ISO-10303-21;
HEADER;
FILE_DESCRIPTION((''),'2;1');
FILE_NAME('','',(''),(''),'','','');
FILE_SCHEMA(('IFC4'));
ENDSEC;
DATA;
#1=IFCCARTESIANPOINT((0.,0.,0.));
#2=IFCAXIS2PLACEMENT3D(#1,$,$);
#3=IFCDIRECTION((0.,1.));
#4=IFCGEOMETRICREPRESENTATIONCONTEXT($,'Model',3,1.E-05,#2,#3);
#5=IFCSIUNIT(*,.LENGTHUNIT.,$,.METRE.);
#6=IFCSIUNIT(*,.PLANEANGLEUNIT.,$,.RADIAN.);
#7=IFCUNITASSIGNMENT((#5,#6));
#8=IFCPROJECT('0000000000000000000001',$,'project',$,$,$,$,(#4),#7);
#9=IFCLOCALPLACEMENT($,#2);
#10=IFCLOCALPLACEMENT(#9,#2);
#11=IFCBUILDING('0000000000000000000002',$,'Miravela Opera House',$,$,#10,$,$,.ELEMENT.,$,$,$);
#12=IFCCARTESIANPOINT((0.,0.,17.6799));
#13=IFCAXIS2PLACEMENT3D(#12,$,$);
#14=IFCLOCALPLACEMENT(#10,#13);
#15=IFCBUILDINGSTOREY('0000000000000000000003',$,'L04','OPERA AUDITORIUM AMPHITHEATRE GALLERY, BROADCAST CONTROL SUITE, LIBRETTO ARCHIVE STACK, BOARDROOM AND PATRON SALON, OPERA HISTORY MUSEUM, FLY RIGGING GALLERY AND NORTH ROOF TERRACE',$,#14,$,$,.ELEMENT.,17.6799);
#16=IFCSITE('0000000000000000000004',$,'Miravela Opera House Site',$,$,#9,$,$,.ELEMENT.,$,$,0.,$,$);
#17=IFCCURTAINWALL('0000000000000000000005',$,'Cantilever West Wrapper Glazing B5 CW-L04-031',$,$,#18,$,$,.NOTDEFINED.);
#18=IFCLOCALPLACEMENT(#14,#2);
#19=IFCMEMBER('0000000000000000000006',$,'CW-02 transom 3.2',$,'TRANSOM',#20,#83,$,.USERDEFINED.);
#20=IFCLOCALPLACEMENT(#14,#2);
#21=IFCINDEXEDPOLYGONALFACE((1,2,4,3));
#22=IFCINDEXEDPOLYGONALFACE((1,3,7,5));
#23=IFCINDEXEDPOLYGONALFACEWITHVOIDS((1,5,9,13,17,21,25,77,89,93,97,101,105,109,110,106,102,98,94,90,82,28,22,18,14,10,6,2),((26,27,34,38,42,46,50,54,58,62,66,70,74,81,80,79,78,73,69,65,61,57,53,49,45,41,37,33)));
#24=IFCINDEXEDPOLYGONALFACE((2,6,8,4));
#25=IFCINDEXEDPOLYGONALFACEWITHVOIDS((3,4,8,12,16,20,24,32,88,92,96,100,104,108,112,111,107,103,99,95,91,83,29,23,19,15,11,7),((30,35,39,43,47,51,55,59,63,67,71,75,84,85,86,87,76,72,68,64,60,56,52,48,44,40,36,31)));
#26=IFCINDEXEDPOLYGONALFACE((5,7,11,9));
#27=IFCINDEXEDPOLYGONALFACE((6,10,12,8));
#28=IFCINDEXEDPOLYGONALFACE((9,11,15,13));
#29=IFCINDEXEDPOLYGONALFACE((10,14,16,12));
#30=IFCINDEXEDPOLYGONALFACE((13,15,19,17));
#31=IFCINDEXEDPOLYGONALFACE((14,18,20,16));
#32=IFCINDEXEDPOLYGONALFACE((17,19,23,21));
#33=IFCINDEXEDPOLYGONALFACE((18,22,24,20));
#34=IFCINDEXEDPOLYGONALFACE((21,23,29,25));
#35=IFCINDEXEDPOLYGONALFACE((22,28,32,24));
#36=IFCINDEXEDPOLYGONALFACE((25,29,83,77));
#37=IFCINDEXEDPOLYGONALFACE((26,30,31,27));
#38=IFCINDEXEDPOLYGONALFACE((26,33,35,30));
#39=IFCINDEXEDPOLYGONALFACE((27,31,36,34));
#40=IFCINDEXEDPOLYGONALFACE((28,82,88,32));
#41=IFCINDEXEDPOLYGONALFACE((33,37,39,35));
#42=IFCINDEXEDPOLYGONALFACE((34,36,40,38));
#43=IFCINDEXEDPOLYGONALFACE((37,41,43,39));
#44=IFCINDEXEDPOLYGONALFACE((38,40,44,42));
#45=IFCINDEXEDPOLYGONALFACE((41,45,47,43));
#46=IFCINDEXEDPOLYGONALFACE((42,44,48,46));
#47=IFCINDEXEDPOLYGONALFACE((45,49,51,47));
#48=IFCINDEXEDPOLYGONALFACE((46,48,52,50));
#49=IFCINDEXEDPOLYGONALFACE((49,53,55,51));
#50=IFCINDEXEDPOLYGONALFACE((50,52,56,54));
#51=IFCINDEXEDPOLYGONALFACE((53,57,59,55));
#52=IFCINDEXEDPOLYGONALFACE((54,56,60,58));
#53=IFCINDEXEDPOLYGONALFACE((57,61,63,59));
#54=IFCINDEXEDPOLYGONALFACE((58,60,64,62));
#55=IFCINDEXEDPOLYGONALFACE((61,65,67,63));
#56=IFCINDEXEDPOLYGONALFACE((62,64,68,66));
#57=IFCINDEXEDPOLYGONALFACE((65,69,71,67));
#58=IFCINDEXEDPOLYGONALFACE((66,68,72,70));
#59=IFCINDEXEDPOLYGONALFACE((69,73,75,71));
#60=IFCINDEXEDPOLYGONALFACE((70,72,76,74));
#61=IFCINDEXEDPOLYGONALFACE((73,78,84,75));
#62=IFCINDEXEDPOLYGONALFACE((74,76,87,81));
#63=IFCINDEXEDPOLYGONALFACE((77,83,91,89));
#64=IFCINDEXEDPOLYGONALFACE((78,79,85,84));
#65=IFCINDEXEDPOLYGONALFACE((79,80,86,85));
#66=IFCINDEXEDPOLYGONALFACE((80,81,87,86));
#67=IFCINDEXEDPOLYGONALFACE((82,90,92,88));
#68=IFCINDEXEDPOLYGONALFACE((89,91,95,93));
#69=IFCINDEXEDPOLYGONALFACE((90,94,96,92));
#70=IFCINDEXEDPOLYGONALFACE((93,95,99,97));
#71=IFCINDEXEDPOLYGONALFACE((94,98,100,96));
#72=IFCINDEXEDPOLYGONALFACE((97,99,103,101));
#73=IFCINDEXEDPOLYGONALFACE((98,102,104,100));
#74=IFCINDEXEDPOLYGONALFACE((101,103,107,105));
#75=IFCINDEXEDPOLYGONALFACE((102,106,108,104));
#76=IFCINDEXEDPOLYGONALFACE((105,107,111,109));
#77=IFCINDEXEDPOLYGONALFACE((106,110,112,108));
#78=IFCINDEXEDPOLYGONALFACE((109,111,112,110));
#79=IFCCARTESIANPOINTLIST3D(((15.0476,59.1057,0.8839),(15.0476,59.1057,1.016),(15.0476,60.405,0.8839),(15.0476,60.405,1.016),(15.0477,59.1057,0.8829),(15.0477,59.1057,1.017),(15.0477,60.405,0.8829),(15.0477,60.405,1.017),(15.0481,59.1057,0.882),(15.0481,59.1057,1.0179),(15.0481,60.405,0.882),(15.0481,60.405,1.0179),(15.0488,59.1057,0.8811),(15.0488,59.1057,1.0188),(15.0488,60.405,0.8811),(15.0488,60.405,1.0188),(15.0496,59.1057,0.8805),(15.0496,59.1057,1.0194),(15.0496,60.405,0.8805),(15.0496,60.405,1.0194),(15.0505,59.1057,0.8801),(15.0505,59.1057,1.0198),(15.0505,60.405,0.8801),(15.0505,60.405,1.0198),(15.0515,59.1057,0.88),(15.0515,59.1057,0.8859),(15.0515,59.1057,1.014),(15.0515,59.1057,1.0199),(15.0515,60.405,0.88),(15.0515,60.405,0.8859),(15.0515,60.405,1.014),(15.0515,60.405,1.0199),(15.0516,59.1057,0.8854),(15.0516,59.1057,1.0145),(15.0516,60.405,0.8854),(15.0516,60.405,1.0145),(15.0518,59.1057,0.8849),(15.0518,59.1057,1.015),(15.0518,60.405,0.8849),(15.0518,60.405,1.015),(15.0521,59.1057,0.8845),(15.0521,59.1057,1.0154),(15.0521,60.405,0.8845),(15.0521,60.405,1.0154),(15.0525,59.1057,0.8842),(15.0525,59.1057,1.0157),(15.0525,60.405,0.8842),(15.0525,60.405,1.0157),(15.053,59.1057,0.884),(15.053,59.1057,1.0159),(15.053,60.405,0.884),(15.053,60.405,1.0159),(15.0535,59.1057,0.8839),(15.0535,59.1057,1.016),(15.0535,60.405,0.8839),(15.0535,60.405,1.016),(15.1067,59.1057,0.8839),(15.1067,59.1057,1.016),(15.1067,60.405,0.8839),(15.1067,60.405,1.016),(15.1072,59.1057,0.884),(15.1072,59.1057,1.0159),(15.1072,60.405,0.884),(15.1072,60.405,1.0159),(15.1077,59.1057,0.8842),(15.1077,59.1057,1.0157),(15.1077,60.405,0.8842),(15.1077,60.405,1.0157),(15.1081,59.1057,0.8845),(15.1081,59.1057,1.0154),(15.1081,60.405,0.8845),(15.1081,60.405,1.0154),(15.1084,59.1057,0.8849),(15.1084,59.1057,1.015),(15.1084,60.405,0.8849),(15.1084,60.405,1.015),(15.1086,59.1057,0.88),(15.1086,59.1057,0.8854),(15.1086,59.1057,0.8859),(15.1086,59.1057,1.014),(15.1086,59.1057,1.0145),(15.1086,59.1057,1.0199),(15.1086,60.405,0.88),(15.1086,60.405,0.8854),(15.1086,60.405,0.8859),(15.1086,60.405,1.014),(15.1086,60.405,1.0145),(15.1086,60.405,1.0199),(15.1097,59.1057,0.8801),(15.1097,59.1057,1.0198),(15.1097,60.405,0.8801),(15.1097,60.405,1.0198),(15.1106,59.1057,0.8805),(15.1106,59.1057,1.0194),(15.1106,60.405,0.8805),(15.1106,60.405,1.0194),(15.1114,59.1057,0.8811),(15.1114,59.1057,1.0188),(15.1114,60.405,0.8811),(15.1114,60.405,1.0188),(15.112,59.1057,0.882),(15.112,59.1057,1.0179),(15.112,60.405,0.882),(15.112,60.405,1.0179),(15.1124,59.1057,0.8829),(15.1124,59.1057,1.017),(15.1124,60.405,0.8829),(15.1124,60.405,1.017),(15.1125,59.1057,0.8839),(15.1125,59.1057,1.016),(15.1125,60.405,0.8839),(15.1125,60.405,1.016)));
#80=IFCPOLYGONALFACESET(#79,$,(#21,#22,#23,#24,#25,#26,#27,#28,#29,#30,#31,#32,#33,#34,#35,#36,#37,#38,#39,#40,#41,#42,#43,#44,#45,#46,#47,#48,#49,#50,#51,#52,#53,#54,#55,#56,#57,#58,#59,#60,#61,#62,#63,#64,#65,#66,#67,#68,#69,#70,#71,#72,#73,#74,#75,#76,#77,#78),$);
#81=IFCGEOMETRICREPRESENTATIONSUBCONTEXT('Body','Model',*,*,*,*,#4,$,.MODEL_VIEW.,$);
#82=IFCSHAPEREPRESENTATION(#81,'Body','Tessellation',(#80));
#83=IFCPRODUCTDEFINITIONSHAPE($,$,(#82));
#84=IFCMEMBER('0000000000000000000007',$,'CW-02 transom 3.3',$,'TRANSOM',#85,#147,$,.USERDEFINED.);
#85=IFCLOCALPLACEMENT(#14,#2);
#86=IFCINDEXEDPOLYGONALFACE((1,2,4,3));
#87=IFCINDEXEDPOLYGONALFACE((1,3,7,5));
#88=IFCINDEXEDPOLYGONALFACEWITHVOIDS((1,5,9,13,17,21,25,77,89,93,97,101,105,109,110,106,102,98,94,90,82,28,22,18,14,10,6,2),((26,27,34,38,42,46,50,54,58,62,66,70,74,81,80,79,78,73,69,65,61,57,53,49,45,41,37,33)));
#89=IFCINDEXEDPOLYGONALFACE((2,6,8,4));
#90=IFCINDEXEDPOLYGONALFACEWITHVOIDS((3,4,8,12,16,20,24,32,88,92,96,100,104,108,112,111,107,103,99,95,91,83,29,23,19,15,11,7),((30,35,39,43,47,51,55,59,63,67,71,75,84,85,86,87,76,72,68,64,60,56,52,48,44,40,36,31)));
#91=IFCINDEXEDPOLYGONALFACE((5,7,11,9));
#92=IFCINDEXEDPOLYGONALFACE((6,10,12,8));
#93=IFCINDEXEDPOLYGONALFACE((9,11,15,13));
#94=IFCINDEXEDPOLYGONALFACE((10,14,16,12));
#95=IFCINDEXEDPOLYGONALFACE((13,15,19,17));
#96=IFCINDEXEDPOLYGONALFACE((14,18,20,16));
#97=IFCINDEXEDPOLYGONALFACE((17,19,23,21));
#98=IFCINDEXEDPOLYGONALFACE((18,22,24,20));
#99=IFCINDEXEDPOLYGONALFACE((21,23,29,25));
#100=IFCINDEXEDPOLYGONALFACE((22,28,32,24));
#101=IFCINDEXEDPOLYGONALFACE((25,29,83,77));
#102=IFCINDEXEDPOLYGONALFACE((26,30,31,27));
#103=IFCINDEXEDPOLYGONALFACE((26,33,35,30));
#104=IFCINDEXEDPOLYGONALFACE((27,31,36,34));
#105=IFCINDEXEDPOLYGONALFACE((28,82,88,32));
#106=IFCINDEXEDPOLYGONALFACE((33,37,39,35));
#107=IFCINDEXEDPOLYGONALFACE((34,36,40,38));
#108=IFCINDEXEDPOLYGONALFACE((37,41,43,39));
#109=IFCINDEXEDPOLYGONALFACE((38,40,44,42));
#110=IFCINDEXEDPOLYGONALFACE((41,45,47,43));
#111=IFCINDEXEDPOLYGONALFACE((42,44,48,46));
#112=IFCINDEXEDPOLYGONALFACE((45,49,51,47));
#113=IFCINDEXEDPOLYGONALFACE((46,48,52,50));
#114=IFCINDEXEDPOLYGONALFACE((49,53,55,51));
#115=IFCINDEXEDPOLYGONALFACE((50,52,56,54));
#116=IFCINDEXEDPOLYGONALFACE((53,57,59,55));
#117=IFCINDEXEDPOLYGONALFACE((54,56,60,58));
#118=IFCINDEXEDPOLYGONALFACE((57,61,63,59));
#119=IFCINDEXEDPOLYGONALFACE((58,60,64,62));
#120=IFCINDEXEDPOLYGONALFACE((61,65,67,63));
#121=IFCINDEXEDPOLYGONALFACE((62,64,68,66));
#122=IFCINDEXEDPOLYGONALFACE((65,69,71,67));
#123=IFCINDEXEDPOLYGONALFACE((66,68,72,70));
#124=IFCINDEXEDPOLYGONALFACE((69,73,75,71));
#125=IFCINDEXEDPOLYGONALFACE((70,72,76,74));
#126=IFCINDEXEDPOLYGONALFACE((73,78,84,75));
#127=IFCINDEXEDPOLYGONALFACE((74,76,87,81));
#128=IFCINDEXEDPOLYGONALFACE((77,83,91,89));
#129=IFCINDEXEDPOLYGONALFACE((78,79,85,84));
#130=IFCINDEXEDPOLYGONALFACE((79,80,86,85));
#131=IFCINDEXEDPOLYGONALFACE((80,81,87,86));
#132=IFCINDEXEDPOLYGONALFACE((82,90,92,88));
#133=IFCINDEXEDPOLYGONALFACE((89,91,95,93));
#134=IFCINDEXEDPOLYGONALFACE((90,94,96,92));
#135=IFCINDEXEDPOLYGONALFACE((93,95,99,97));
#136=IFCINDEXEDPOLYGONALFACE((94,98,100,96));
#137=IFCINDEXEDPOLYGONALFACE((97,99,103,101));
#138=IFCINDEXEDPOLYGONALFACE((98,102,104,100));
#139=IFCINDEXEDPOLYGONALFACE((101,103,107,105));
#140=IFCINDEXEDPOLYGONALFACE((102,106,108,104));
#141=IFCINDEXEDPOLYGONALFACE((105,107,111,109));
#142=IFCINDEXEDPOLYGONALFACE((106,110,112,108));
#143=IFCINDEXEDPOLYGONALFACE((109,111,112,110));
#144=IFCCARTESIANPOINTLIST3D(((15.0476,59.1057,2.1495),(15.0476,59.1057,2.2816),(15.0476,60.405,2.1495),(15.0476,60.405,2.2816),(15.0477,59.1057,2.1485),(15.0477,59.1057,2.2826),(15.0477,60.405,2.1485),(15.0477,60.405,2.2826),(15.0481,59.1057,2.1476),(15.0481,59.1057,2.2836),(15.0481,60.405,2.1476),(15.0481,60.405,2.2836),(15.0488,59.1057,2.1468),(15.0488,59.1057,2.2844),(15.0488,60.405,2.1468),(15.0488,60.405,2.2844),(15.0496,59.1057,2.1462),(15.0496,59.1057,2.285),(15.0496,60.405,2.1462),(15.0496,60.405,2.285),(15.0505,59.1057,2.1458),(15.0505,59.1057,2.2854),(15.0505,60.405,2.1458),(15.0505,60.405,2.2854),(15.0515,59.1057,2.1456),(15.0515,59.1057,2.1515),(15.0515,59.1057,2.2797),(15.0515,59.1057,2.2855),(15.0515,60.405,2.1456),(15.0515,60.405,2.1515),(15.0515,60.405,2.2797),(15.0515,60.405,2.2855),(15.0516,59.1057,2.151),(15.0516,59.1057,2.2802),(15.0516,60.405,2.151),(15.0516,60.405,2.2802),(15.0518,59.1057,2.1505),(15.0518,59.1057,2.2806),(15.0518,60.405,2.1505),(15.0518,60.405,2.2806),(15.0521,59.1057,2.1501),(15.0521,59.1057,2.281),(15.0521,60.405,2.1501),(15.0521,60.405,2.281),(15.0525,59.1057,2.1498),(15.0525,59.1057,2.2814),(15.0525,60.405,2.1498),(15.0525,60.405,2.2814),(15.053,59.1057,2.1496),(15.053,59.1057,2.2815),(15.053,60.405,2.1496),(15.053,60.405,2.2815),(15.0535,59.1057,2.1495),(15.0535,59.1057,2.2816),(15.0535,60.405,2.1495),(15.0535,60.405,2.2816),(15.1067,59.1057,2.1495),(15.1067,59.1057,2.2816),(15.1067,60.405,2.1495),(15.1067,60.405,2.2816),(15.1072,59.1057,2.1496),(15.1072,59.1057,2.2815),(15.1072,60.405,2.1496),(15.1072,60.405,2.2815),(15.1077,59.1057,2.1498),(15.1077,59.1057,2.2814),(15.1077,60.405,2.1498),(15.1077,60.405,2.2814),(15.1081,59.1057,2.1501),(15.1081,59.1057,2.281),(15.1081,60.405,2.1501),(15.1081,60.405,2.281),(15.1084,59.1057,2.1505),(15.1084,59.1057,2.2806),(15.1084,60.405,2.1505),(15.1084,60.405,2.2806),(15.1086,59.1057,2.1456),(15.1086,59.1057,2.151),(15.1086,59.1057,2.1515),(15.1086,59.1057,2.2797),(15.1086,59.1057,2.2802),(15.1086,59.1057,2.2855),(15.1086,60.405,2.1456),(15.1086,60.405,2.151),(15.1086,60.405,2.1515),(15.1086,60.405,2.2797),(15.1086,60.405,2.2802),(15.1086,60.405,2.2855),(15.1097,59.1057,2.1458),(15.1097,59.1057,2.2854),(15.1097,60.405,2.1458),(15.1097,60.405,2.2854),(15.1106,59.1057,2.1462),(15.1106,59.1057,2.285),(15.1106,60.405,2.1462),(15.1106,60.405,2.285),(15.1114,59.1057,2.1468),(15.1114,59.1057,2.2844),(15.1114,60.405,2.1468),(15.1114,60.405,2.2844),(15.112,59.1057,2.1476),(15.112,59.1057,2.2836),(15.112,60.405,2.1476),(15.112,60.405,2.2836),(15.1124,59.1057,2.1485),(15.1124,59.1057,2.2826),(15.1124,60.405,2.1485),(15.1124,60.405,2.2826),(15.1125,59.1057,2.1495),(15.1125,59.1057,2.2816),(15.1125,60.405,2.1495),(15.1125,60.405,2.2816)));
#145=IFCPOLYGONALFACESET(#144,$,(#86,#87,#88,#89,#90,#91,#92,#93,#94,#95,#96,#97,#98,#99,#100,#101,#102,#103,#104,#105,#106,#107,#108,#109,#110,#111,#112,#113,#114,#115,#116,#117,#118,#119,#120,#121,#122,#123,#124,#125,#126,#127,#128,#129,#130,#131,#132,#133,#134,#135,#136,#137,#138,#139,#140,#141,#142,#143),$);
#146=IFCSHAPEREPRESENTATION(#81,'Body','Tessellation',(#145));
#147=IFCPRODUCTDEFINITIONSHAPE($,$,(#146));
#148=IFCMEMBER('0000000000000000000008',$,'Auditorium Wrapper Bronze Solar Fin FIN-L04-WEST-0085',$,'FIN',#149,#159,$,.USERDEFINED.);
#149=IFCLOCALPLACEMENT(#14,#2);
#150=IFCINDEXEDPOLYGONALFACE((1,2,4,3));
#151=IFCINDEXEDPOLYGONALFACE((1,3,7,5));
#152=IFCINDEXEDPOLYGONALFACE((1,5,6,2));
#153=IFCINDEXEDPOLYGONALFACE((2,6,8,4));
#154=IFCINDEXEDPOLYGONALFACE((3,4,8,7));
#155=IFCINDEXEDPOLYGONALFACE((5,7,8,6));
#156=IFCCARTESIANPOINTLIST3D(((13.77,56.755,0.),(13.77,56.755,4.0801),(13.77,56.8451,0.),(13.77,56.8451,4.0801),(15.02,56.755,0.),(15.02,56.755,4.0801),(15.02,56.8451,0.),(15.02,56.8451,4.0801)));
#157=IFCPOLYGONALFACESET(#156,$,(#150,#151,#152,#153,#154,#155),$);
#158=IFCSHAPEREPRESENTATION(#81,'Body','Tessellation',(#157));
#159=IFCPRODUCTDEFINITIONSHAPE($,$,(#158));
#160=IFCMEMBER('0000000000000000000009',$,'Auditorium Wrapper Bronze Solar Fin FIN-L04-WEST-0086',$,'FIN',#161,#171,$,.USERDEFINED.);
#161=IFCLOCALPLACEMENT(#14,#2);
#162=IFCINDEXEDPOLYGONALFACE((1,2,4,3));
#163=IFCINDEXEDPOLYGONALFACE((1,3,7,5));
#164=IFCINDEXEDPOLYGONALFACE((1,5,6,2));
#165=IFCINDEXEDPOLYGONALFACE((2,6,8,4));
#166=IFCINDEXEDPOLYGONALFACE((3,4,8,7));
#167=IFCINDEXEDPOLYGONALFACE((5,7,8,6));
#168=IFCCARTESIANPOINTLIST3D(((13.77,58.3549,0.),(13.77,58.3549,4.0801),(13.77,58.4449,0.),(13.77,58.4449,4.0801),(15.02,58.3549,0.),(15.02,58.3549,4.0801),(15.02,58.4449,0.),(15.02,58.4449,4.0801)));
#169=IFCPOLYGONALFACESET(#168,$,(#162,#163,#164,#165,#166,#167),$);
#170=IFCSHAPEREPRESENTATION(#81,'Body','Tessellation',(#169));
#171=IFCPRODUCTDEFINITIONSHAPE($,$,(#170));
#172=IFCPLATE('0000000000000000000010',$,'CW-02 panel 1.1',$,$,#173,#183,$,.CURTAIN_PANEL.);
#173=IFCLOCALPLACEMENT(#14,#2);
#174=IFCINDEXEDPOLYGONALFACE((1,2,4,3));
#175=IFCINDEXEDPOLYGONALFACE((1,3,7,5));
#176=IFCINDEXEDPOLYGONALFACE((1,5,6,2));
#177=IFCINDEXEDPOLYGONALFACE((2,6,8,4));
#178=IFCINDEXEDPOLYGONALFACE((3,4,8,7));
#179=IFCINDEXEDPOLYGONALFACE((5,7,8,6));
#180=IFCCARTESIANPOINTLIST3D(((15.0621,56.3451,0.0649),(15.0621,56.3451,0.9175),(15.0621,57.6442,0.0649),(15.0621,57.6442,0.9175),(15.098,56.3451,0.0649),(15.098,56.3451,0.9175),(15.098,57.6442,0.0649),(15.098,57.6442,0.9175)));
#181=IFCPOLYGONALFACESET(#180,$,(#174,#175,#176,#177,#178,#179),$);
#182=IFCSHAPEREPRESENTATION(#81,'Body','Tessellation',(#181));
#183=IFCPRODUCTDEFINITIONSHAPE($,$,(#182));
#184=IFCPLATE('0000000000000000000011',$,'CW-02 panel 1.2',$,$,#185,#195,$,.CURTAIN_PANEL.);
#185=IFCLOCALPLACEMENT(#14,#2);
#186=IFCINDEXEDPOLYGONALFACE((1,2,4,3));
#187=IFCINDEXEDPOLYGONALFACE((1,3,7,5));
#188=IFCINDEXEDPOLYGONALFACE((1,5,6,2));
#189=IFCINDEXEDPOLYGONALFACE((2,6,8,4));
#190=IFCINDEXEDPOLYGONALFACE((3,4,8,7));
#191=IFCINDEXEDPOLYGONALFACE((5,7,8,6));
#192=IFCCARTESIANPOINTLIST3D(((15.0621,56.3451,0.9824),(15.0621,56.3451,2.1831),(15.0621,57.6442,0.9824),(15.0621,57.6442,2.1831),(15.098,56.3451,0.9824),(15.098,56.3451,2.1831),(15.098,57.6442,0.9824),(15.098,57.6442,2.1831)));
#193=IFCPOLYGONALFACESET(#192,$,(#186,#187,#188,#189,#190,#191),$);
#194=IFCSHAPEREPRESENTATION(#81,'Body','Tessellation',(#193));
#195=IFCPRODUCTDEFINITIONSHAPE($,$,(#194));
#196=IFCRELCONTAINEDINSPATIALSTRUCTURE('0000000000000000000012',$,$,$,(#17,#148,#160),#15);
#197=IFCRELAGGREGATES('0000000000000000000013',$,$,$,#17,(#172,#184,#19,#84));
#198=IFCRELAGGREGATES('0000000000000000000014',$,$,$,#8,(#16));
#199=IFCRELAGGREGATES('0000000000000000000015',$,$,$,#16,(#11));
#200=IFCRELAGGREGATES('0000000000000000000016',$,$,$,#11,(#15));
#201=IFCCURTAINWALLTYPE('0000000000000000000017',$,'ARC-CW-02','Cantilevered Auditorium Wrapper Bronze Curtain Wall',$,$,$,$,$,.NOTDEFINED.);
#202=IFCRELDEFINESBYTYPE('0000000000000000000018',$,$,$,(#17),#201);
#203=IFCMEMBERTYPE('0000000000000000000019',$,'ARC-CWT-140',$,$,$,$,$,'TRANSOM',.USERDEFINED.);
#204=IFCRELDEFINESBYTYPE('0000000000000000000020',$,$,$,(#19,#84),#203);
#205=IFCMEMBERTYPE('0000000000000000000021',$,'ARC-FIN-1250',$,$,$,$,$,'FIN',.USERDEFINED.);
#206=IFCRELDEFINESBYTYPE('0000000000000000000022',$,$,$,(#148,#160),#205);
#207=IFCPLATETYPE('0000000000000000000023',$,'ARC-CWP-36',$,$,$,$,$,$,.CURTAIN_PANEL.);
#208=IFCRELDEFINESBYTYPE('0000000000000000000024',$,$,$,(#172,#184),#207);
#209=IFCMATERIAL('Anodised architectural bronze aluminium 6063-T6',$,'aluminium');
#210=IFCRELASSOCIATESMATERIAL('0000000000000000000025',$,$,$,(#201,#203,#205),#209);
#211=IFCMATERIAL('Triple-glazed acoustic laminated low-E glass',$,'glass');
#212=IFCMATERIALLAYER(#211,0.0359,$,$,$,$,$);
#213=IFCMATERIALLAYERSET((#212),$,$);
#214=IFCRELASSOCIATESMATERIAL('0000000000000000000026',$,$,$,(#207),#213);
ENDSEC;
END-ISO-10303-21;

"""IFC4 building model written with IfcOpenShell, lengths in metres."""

from ifc_helpers import new_model, si_unit, direction, frame, origin, origin_2d, place, context, subcontext, project, spatial, rectangle, hollow_rectangle, extrude, material, layer, layer_set, material_profile, profile_set, type_object, element, aggregate, save


model = new_model("IFC4")

# Units and contexts
model_context = context("Model", 3, precision=1e-05, world=origin(), true_north=direction((0.0, 1.0)))
body_context = subcontext(model_context, "Body", "Model", "MODEL_VIEW")
ifc_project = project(units=[si_unit("LENGTHUNIT", "METRE"), si_unit("PLANEANGLEUNIT", "RADIAN")], contexts=[model_context])

# Site, building, storey
site_placement = place(None, origin())
site = spatial("IfcSite", under=ifc_project, at=site_placement, Name="Miravela Opera House Site", CompositionType="ELEMENT", RefElevation=0.0)
building_placement = place(site_placement, origin())
building = spatial("IfcBuilding", under=site, at=building_placement, Name="Miravela Opera House", CompositionType="ELEMENT")
storey_placement = place(building_placement, frame((0.0, 0.0, 17.6799)))
storey = spatial("IfcBuildingStorey", under=building, at=storey_placement, Name="L04", Description="OPERA AUDITORIUM AMPHITHEATRE GALLERY, BROADCAST CONTROL SUITE, LIBRETTO ARCHIVE STACK, BOARDROOM AND PATRON SALON, OPERA HISTORY MUSEUM, FLY RIGGING GALLERY AND NORTH ROOF TERRACE", CompositionType="ELEMENT", Elevation=17.6799)

# Curtain wall, members
ifc_material_1 = material(Name="Anodised architectural bronze aluminium 6063-T6", Category="aluminium")
curtain_wall_type = type_object("IfcCurtainWallType", Name="ARC-CW-02", Description="Cantilevered Auditorium Wrapper Bronze Curtain Wall", PredefinedType="NOTDEFINED", material=ifc_material_1)
curtain_wall_placement = place(storey_placement, origin())
curtain_wall = element("IfcCurtainWall", 1, at=curtain_wall_placement, inside=storey, type_object=curtain_wall_type, Name="Cantilever West Wrapper Glazing B5 CW-L04-031", PredefinedType="NOTDEFINED")
ifc_material_profile_1 = material_profile(ifc_material_1, hollow_rectangle(XDim=0.0649, YDim=0.1399, WallThickness=0.0039, InnerFilletRadius=0.002, OuterFilletRadius=0.0039, at=origin_2d()), Name="CWT-65X140")
ifc_profile_set_1 = profile_set([ifc_material_profile_1])
member_type_1 = type_object("IfcMemberType", Name="ARC-CWT-140", ElementType="TRANSOM", PredefinedType="USERDEFINED", material=ifc_profile_set_1)
member_1_placement = place(storey_placement, frame((15.0801, 59.1057, 0.95), z_axis=(0.0, 1.0, 0.0), x_axis=(-1.0, 0.0, 0.0)))
member_1 = element("IfcMember", 2, at=member_1_placement, type_object=member_type_1, Name="CW-02 transom 3.2", ObjectType="TRANSOM", PredefinedType="USERDEFINED", context=body_context, shape_type="SweptSolid", body=[
    extrude(hollow_rectangle(XDim=0.0649, YDim=0.1399, WallThickness=0.0039, InnerFilletRadius=0.002, OuterFilletRadius=0.0039, at=origin_2d()), origin(), (0.0, 0.0, 1.0), 1.2993),
])
member_2_placement = place(storey_placement, frame((15.0801, 59.1057, 2.2156), z_axis=(0.0, 1.0, 0.0), x_axis=(-1.0, 0.0, 0.0)))
member_2 = element("IfcMember", 3, at=member_2_placement, type_object=member_type_1, Name="CW-02 transom 3.3", ObjectType="TRANSOM", PredefinedType="USERDEFINED", context=body_context, shape_type="SweptSolid", body=[
    extrude(hollow_rectangle(XDim=0.0649, YDim=0.1399, WallThickness=0.0039, InnerFilletRadius=0.002, OuterFilletRadius=0.0039, at=origin_2d()), origin(), (0.0, 0.0, 1.0), 1.2993),
])

# Members
ifc_material_profile_2 = material_profile(ifc_material_1, rectangle(XDim=0.0901, YDim=1.25, at=origin_2d()), Name="FIN-1250X90")
ifc_profile_set_2 = profile_set([ifc_material_profile_2])
member_type_2 = type_object("IfcMemberType", Name="ARC-FIN-1250", ElementType="FIN", PredefinedType="USERDEFINED", material=ifc_profile_set_2)
for number, where, z_axis, x_axis, name in (
    (4, (14.395, 56.8, 0.0), (0.0, 0.0, 1.0), (0.0, 1.0, 0.0), "Auditorium Wrapper Bronze Solar Fin FIN-L04-WEST-0085"),
    (5, (14.395, 58.3999, 0.0), (0.0, 0.0, 1.0), (0.0, 1.0, 0.0), "Auditorium Wrapper Bronze Solar Fin FIN-L04-WEST-0086"),
):
    element("IfcMember", number, at=place(storey_placement, frame(where, z_axis=z_axis, x_axis=x_axis)), inside=storey, type_object=member_type_2, Name=name, ObjectType="FIN", PredefinedType="USERDEFINED", context=body_context, shape_type="SweptSolid", body=[
        extrude(rectangle(XDim=0.0901, YDim=1.25, at=origin_2d()), origin(), (0.0, 0.0, 1.0), 4.0801),
    ])

# Plates
ifc_material_2 = material(Name="Triple-glazed acoustic laminated low-E glass", Category="glass")
ifc_layer = layer(ifc_material_2, 0.0359)
ifc_layer_set = layer_set([ifc_layer])
plate_type = type_object("IfcPlateType", Name="ARC-CWP-36", PredefinedType="CURTAIN_PANEL", material=ifc_layer_set)
plate_1_placement = place(storey_placement, frame((15.0801, 56.9946, 0.0649), z_axis=(0.0, 0.0, 1.0), x_axis=(0.0, 1.0, 0.0)))
plate_1 = element("IfcPlate", 6, at=plate_1_placement, type_object=plate_type, Name="CW-02 panel 1.1", PredefinedType="CURTAIN_PANEL", context=body_context, shape_type="SweptSolid", body=[
    extrude(rectangle(XDim=1.2991, YDim=0.0359, at=origin_2d()), origin(), (0.0, 0.0, 1.0), 0.8525),
])
plate_2_placement = place(storey_placement, frame((15.0801, 56.9946, 0.9824), z_axis=(0.0, 0.0, 1.0), x_axis=(0.0, 1.0, 0.0)))
plate_2 = element("IfcPlate", 7, at=plate_2_placement, type_object=plate_type, Name="CW-02 panel 1.2", PredefinedType="CURTAIN_PANEL", context=body_context, shape_type="SweptSolid", body=[
    extrude(rectangle(XDim=1.2991, YDim=0.0359, at=origin_2d()), origin(), (0.0, 0.0, 1.0), 1.2007),
])
aggregate(curtain_wall, [plate_1, plate_2, member_1, member_2])

save(model, "model.ifc")
